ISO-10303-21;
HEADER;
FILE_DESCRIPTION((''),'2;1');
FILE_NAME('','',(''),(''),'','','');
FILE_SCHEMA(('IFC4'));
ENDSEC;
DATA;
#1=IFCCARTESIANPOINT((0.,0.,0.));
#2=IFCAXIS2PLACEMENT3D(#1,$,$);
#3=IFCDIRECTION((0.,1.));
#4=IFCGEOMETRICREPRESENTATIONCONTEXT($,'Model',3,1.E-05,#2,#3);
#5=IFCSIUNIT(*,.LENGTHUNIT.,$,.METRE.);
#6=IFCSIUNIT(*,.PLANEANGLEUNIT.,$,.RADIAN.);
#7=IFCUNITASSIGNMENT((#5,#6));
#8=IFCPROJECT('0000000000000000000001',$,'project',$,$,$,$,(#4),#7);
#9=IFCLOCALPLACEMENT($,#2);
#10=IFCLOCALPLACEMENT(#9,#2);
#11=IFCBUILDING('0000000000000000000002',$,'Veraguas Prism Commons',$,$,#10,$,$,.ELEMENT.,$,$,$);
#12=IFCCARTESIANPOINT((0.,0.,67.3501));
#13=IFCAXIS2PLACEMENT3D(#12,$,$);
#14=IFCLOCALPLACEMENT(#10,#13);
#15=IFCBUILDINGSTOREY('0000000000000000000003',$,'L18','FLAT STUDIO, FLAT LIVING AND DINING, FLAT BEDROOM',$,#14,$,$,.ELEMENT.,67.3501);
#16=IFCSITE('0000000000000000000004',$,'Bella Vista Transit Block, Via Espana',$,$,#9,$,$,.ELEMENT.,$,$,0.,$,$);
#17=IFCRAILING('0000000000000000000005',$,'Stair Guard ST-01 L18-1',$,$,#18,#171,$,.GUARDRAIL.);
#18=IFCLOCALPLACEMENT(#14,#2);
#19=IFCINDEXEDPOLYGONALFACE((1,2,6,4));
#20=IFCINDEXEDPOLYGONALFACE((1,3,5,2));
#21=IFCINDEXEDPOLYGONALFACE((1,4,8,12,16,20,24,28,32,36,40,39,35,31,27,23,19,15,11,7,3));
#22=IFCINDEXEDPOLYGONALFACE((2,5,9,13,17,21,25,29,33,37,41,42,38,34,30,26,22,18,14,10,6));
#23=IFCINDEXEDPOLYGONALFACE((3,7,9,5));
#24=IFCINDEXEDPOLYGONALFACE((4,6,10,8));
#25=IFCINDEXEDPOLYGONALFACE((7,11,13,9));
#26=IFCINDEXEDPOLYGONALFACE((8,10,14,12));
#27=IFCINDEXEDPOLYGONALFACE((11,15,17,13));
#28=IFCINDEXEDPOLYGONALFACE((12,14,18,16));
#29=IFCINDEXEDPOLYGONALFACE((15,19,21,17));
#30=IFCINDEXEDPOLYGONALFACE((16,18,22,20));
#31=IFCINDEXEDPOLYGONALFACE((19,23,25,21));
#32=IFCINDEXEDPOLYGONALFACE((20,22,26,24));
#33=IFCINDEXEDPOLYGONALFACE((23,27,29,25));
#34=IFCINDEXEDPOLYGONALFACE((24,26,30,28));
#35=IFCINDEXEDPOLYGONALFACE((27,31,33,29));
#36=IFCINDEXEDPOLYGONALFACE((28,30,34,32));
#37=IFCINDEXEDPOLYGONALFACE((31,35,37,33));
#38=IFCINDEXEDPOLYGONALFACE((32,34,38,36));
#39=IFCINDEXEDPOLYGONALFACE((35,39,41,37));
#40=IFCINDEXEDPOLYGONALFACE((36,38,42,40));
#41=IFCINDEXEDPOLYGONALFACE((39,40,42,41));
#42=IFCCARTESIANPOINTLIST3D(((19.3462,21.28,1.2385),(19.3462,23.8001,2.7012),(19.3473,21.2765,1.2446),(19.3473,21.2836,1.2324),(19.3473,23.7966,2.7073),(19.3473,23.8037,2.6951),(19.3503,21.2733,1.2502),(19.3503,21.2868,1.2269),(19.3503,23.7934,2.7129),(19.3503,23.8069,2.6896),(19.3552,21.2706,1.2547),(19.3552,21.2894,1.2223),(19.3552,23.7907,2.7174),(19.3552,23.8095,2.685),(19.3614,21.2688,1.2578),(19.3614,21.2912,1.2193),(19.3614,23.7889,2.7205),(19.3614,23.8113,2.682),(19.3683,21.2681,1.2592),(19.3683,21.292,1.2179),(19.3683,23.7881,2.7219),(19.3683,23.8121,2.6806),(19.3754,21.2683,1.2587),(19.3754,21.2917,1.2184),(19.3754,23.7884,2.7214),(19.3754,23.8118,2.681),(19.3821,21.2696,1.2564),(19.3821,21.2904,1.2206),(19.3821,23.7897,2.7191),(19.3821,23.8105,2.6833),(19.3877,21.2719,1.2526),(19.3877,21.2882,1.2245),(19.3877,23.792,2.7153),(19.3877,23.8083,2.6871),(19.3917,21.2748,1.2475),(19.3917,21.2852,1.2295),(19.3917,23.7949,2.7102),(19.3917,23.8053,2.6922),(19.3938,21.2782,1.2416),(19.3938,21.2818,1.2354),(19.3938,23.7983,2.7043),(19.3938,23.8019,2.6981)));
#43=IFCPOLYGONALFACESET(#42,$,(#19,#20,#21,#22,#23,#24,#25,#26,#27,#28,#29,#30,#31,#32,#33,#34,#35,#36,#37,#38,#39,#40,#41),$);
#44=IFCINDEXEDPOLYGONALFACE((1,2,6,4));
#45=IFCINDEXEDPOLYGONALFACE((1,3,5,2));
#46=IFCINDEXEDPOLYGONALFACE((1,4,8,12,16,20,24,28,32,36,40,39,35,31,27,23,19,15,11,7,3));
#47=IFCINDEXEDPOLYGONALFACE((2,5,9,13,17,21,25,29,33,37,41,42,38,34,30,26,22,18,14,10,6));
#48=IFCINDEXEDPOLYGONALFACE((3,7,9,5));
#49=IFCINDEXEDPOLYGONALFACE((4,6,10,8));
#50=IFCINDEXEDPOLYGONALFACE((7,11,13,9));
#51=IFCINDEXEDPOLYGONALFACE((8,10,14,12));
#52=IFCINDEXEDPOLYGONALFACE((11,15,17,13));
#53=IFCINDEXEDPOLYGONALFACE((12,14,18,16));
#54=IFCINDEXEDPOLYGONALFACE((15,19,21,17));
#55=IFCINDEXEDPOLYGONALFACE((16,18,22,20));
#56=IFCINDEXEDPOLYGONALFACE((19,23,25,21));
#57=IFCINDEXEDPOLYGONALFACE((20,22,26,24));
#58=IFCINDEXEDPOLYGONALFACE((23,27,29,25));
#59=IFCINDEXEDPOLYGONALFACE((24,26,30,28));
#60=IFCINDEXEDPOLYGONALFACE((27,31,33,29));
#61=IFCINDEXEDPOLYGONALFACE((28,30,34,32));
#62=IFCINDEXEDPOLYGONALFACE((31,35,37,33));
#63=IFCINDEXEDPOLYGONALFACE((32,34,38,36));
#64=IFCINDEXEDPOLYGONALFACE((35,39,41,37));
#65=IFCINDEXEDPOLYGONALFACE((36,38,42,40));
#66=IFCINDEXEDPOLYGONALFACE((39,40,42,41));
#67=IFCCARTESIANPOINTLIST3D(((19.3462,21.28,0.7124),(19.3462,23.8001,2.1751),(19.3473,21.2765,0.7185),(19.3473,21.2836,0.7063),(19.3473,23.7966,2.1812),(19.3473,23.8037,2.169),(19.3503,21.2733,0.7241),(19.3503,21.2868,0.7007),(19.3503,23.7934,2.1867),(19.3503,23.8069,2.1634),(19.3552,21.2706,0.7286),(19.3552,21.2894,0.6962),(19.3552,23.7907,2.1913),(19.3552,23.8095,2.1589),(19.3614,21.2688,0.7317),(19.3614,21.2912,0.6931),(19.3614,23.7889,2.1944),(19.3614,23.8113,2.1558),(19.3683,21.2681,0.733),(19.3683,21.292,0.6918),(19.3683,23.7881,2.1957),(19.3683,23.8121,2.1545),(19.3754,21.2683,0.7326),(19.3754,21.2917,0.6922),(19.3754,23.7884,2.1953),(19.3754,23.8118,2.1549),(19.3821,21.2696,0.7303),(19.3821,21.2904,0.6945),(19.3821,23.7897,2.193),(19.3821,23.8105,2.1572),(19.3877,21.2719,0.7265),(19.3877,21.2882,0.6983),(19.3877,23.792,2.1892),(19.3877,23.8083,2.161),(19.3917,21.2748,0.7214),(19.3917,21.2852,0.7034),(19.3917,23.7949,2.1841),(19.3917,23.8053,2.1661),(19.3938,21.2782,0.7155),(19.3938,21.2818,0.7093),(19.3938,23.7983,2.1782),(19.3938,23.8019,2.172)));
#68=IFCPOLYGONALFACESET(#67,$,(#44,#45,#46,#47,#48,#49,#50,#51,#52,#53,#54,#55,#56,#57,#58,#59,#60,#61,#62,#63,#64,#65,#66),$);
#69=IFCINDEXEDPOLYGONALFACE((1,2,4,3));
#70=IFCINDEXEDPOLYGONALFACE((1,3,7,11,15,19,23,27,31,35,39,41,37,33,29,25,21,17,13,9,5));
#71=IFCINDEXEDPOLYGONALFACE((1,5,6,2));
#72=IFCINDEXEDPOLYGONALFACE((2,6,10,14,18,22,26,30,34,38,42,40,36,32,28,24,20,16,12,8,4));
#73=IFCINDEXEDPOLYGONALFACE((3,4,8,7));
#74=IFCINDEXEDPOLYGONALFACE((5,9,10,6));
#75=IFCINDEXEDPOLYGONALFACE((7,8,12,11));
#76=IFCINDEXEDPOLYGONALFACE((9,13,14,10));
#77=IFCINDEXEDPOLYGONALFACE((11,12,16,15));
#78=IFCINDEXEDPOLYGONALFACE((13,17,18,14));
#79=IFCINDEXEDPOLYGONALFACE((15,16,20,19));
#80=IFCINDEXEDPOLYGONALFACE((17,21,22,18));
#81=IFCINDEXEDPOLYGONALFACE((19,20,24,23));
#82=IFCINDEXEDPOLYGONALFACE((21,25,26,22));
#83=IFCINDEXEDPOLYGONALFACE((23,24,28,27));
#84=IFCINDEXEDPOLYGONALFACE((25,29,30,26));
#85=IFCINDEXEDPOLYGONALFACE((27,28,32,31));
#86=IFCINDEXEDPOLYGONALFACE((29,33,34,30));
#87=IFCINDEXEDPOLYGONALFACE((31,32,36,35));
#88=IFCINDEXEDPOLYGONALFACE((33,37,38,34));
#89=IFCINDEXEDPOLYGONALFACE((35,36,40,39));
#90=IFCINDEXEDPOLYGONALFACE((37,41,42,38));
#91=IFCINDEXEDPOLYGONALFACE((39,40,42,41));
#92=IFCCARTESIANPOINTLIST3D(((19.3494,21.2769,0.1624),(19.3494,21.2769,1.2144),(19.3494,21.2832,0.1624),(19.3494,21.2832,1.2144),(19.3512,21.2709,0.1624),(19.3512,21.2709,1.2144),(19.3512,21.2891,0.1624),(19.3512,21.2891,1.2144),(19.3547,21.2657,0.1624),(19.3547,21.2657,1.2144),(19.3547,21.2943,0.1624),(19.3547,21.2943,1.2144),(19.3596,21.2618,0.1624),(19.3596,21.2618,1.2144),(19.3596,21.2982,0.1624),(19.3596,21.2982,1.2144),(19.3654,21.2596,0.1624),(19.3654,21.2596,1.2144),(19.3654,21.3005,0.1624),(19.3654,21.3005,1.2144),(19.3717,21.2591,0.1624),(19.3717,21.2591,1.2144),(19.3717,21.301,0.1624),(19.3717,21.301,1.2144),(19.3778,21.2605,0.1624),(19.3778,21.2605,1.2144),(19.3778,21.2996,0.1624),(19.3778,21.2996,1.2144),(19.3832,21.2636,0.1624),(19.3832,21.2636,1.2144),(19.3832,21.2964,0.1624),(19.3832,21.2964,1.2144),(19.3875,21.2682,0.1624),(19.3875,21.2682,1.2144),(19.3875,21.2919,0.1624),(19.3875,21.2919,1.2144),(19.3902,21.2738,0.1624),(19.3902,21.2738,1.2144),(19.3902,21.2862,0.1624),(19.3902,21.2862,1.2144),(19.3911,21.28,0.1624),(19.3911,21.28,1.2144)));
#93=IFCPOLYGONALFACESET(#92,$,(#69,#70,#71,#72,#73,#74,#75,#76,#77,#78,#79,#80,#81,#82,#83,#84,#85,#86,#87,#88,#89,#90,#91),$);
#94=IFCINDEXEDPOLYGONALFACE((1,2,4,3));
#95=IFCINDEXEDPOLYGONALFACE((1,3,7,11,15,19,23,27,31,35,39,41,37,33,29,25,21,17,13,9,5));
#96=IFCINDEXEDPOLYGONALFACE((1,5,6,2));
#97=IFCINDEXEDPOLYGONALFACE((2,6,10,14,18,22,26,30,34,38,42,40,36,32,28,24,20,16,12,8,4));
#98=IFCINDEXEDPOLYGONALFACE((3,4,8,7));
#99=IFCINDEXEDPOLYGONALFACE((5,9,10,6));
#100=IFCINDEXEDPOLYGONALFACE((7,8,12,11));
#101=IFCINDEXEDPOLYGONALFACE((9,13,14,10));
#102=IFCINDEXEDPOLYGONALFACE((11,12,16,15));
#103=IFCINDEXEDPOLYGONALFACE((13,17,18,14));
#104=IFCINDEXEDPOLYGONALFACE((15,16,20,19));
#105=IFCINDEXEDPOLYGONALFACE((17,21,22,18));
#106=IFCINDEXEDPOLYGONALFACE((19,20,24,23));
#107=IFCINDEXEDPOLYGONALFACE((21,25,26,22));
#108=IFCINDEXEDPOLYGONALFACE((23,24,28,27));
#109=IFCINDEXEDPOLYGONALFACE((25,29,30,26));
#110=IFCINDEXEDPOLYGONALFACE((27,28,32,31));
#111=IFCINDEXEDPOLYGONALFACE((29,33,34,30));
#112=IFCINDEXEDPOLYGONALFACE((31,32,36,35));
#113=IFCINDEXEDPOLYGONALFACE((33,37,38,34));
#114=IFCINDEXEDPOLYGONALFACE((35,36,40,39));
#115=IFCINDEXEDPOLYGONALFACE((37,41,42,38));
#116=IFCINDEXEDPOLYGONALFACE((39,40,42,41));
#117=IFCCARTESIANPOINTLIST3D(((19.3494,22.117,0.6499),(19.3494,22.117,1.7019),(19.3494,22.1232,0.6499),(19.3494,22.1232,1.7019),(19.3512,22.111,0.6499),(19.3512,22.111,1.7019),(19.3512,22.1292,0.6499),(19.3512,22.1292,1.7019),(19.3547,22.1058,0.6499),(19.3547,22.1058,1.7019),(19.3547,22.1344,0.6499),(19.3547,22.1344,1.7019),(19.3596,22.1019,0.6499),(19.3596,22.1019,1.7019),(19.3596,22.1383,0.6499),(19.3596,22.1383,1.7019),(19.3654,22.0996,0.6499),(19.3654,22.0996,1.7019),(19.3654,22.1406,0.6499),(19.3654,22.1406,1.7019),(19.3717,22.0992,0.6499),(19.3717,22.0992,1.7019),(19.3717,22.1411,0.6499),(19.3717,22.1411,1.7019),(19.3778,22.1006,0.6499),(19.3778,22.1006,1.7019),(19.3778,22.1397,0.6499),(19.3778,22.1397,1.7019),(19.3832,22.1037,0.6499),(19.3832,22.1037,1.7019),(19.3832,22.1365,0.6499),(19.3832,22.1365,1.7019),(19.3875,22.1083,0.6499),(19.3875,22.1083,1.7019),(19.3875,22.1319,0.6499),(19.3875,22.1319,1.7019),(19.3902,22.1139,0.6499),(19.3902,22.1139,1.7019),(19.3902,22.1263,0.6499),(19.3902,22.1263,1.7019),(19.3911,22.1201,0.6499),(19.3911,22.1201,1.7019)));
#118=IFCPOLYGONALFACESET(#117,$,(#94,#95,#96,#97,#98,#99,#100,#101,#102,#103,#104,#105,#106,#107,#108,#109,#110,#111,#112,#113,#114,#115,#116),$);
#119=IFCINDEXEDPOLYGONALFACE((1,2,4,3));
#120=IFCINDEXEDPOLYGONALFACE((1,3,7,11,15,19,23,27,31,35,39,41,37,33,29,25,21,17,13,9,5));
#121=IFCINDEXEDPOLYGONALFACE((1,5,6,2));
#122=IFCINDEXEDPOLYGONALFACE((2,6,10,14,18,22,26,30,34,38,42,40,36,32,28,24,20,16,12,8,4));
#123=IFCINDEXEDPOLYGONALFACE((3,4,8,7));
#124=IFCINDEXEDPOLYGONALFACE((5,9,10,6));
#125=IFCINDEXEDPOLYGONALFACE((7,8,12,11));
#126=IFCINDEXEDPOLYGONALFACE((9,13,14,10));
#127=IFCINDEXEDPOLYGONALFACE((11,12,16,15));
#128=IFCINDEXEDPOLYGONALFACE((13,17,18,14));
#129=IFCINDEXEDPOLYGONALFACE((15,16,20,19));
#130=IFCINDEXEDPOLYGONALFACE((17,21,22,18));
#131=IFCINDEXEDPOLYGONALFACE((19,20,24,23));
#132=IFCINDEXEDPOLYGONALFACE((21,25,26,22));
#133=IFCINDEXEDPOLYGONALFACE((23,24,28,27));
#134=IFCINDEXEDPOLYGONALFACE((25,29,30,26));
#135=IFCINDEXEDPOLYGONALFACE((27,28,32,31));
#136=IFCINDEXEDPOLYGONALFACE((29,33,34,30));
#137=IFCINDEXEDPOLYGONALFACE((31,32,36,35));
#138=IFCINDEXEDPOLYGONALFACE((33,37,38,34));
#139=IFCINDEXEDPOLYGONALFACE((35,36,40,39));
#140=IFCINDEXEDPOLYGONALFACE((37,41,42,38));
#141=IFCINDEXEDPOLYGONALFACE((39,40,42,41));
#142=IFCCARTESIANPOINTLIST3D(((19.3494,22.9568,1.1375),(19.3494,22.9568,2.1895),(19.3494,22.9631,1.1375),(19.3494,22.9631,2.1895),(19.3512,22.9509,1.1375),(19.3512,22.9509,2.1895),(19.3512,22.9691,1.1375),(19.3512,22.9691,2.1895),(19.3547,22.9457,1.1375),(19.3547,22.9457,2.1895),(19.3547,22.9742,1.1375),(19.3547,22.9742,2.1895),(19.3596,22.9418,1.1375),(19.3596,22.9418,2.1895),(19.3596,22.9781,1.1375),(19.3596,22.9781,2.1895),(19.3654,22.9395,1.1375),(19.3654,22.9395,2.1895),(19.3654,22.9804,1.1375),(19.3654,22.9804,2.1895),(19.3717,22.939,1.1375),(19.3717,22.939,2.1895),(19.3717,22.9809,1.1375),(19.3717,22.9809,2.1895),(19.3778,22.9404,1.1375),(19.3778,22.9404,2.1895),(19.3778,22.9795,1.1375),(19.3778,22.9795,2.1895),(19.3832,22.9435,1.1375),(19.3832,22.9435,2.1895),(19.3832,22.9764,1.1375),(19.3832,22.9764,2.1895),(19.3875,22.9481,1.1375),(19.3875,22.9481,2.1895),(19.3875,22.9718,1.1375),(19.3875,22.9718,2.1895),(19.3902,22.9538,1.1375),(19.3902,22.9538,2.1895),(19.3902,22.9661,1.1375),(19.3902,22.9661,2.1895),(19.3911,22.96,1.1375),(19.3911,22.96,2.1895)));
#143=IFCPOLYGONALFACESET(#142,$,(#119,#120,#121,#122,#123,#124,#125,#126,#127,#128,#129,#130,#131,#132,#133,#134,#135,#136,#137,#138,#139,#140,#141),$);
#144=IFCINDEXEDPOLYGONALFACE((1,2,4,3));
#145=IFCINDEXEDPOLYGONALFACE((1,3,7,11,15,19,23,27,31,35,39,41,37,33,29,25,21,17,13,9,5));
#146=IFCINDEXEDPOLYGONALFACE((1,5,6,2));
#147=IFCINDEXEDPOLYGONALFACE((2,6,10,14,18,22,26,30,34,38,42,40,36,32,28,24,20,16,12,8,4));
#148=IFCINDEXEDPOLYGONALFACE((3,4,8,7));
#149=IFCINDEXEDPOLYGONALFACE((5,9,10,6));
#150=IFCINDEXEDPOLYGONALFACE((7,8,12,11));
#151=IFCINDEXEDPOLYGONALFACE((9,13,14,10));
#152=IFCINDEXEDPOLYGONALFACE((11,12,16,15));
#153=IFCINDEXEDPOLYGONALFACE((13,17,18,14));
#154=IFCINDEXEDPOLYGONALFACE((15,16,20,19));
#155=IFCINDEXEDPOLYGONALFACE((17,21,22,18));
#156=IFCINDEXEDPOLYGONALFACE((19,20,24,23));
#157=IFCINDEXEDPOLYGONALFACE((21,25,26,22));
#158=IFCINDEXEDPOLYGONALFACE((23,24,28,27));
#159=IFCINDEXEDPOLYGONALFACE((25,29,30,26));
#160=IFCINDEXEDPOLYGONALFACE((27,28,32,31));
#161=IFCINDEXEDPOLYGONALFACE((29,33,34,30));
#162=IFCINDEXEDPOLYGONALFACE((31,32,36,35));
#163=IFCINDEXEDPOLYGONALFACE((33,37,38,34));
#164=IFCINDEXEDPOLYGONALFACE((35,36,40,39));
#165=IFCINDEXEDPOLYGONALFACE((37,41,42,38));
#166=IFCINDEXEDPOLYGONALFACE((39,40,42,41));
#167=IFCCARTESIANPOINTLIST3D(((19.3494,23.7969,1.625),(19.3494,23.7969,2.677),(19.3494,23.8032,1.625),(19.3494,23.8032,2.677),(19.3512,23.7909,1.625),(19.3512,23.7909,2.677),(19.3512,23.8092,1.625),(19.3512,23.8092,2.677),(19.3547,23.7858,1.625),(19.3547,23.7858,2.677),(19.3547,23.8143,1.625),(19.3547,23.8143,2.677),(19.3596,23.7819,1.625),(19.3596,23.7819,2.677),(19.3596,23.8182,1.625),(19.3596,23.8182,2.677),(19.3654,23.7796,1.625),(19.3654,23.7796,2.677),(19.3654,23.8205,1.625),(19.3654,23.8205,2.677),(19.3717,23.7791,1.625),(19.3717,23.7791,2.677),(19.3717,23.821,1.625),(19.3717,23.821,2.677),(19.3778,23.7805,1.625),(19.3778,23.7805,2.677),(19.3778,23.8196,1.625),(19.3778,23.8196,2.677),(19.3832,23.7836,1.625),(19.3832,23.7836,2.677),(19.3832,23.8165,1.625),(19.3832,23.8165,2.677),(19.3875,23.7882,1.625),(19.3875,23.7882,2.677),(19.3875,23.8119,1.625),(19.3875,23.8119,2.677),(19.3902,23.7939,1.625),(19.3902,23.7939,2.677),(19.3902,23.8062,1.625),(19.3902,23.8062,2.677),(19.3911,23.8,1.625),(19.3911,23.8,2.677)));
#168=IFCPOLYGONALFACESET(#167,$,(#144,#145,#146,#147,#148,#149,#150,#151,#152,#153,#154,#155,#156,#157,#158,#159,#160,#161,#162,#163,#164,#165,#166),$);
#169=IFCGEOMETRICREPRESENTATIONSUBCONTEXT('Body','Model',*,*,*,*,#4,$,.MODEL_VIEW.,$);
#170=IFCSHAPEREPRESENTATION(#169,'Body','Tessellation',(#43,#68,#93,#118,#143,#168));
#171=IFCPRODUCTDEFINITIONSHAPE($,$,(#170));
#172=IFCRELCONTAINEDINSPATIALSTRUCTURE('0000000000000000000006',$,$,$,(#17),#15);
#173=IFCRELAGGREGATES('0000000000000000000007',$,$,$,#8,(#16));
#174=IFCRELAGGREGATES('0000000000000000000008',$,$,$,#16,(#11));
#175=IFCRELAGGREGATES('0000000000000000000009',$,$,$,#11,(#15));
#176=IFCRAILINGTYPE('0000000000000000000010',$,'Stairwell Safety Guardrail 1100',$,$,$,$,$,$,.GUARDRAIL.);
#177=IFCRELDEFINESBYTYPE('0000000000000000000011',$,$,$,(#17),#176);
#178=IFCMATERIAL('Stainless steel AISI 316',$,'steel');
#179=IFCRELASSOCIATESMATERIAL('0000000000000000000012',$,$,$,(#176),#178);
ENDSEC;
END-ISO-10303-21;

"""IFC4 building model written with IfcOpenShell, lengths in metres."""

from ifc_helpers import new_model, si_unit, direction, frame, origin, origin_2d, place, context, subcontext, project, spatial, circle, extrude, material, type_object, element, save


model = new_model("IFC4")

# Units and contexts
model_context = context("Model", 3, precision=1e-05, world=origin(), true_north=direction((0.0, 1.0)))
body_context = subcontext(model_context, "Body", "Model", "MODEL_VIEW")
ifc_project = project(units=[si_unit("LENGTHUNIT", "METRE"), si_unit("PLANEANGLEUNIT", "RADIAN")], contexts=[model_context])

# Site, building, storey
site_placement = place(None, origin())
site = spatial("IfcSite", under=ifc_project, at=site_placement, Name="Bella Vista Transit Block, Via Espana", CompositionType="ELEMENT", RefElevation=0.0)
building_placement = place(site_placement, origin())
building = spatial("IfcBuilding", under=site, at=building_placement, Name="Veraguas Prism Commons", CompositionType="ELEMENT")
storey_placement = place(building_placement, frame((0.0, 0.0, 67.3501)))
storey = spatial("IfcBuildingStorey", under=building, at=storey_placement, Name="L18", Description="FLAT STUDIO, FLAT LIVING AND DINING, FLAT BEDROOM", CompositionType="ELEMENT", Elevation=67.3501)

# Railing
ifc_material_1 = material(Name="Stainless steel AISI 316", Category="steel")
railing_type_1 = type_object("IfcRailingType", Name="Stairwell Safety Guardrail 1100", PredefinedType="GUARDRAIL", material=ifc_material_1)
railing_1_placement = place(storey_placement, frame((19.3701, 21.28, 0.1624)))
element("IfcRailing", 1, at=railing_1_placement, inside=storey, type_object=railing_type_1, Name="Stair Guard ST-01 L18-1", PredefinedType="GUARDRAIL", context=body_context, shape_type="SweptSolid", body=[
    extrude(circle(Radius=0.0239, at=origin_2d()), frame((0.0, 0.0, 1.0762), z_axis=(0.0, 0.864877, 0.501984), x_axis=(-1.0, 0.0, 0.0)), (0.0, 0.0, 1.0), 2.9138),
    extrude(circle(Radius=0.0239, at=origin_2d()), frame((0.0, 0.0, 0.55), z_axis=(0.0, 0.864877, 0.501984), x_axis=(-1.0, 0.0, 0.0)), (0.0, 0.0, 1.0), 2.9138),
    extrude(circle(Radius=0.021, at=origin_2d()), origin(), (0.0, 0.0, 1.0), 1.052),
    extrude(circle(Radius=0.021, at=origin_2d()), frame((0.0, 0.8401, 0.4875)), (0.0, 0.0, 1.0), 1.052),
    extrude(circle(Radius=0.021, at=origin_2d()), frame((0.0, 1.6799, 0.9751)), (0.0, 0.0, 1.0), 1.052),
    extrude(circle(Radius=0.021, at=origin_2d()), frame((0.0, 2.52, 1.4626)), (0.0, 0.0, 1.0), 1.052),
])

save(model, "model.ifc")
